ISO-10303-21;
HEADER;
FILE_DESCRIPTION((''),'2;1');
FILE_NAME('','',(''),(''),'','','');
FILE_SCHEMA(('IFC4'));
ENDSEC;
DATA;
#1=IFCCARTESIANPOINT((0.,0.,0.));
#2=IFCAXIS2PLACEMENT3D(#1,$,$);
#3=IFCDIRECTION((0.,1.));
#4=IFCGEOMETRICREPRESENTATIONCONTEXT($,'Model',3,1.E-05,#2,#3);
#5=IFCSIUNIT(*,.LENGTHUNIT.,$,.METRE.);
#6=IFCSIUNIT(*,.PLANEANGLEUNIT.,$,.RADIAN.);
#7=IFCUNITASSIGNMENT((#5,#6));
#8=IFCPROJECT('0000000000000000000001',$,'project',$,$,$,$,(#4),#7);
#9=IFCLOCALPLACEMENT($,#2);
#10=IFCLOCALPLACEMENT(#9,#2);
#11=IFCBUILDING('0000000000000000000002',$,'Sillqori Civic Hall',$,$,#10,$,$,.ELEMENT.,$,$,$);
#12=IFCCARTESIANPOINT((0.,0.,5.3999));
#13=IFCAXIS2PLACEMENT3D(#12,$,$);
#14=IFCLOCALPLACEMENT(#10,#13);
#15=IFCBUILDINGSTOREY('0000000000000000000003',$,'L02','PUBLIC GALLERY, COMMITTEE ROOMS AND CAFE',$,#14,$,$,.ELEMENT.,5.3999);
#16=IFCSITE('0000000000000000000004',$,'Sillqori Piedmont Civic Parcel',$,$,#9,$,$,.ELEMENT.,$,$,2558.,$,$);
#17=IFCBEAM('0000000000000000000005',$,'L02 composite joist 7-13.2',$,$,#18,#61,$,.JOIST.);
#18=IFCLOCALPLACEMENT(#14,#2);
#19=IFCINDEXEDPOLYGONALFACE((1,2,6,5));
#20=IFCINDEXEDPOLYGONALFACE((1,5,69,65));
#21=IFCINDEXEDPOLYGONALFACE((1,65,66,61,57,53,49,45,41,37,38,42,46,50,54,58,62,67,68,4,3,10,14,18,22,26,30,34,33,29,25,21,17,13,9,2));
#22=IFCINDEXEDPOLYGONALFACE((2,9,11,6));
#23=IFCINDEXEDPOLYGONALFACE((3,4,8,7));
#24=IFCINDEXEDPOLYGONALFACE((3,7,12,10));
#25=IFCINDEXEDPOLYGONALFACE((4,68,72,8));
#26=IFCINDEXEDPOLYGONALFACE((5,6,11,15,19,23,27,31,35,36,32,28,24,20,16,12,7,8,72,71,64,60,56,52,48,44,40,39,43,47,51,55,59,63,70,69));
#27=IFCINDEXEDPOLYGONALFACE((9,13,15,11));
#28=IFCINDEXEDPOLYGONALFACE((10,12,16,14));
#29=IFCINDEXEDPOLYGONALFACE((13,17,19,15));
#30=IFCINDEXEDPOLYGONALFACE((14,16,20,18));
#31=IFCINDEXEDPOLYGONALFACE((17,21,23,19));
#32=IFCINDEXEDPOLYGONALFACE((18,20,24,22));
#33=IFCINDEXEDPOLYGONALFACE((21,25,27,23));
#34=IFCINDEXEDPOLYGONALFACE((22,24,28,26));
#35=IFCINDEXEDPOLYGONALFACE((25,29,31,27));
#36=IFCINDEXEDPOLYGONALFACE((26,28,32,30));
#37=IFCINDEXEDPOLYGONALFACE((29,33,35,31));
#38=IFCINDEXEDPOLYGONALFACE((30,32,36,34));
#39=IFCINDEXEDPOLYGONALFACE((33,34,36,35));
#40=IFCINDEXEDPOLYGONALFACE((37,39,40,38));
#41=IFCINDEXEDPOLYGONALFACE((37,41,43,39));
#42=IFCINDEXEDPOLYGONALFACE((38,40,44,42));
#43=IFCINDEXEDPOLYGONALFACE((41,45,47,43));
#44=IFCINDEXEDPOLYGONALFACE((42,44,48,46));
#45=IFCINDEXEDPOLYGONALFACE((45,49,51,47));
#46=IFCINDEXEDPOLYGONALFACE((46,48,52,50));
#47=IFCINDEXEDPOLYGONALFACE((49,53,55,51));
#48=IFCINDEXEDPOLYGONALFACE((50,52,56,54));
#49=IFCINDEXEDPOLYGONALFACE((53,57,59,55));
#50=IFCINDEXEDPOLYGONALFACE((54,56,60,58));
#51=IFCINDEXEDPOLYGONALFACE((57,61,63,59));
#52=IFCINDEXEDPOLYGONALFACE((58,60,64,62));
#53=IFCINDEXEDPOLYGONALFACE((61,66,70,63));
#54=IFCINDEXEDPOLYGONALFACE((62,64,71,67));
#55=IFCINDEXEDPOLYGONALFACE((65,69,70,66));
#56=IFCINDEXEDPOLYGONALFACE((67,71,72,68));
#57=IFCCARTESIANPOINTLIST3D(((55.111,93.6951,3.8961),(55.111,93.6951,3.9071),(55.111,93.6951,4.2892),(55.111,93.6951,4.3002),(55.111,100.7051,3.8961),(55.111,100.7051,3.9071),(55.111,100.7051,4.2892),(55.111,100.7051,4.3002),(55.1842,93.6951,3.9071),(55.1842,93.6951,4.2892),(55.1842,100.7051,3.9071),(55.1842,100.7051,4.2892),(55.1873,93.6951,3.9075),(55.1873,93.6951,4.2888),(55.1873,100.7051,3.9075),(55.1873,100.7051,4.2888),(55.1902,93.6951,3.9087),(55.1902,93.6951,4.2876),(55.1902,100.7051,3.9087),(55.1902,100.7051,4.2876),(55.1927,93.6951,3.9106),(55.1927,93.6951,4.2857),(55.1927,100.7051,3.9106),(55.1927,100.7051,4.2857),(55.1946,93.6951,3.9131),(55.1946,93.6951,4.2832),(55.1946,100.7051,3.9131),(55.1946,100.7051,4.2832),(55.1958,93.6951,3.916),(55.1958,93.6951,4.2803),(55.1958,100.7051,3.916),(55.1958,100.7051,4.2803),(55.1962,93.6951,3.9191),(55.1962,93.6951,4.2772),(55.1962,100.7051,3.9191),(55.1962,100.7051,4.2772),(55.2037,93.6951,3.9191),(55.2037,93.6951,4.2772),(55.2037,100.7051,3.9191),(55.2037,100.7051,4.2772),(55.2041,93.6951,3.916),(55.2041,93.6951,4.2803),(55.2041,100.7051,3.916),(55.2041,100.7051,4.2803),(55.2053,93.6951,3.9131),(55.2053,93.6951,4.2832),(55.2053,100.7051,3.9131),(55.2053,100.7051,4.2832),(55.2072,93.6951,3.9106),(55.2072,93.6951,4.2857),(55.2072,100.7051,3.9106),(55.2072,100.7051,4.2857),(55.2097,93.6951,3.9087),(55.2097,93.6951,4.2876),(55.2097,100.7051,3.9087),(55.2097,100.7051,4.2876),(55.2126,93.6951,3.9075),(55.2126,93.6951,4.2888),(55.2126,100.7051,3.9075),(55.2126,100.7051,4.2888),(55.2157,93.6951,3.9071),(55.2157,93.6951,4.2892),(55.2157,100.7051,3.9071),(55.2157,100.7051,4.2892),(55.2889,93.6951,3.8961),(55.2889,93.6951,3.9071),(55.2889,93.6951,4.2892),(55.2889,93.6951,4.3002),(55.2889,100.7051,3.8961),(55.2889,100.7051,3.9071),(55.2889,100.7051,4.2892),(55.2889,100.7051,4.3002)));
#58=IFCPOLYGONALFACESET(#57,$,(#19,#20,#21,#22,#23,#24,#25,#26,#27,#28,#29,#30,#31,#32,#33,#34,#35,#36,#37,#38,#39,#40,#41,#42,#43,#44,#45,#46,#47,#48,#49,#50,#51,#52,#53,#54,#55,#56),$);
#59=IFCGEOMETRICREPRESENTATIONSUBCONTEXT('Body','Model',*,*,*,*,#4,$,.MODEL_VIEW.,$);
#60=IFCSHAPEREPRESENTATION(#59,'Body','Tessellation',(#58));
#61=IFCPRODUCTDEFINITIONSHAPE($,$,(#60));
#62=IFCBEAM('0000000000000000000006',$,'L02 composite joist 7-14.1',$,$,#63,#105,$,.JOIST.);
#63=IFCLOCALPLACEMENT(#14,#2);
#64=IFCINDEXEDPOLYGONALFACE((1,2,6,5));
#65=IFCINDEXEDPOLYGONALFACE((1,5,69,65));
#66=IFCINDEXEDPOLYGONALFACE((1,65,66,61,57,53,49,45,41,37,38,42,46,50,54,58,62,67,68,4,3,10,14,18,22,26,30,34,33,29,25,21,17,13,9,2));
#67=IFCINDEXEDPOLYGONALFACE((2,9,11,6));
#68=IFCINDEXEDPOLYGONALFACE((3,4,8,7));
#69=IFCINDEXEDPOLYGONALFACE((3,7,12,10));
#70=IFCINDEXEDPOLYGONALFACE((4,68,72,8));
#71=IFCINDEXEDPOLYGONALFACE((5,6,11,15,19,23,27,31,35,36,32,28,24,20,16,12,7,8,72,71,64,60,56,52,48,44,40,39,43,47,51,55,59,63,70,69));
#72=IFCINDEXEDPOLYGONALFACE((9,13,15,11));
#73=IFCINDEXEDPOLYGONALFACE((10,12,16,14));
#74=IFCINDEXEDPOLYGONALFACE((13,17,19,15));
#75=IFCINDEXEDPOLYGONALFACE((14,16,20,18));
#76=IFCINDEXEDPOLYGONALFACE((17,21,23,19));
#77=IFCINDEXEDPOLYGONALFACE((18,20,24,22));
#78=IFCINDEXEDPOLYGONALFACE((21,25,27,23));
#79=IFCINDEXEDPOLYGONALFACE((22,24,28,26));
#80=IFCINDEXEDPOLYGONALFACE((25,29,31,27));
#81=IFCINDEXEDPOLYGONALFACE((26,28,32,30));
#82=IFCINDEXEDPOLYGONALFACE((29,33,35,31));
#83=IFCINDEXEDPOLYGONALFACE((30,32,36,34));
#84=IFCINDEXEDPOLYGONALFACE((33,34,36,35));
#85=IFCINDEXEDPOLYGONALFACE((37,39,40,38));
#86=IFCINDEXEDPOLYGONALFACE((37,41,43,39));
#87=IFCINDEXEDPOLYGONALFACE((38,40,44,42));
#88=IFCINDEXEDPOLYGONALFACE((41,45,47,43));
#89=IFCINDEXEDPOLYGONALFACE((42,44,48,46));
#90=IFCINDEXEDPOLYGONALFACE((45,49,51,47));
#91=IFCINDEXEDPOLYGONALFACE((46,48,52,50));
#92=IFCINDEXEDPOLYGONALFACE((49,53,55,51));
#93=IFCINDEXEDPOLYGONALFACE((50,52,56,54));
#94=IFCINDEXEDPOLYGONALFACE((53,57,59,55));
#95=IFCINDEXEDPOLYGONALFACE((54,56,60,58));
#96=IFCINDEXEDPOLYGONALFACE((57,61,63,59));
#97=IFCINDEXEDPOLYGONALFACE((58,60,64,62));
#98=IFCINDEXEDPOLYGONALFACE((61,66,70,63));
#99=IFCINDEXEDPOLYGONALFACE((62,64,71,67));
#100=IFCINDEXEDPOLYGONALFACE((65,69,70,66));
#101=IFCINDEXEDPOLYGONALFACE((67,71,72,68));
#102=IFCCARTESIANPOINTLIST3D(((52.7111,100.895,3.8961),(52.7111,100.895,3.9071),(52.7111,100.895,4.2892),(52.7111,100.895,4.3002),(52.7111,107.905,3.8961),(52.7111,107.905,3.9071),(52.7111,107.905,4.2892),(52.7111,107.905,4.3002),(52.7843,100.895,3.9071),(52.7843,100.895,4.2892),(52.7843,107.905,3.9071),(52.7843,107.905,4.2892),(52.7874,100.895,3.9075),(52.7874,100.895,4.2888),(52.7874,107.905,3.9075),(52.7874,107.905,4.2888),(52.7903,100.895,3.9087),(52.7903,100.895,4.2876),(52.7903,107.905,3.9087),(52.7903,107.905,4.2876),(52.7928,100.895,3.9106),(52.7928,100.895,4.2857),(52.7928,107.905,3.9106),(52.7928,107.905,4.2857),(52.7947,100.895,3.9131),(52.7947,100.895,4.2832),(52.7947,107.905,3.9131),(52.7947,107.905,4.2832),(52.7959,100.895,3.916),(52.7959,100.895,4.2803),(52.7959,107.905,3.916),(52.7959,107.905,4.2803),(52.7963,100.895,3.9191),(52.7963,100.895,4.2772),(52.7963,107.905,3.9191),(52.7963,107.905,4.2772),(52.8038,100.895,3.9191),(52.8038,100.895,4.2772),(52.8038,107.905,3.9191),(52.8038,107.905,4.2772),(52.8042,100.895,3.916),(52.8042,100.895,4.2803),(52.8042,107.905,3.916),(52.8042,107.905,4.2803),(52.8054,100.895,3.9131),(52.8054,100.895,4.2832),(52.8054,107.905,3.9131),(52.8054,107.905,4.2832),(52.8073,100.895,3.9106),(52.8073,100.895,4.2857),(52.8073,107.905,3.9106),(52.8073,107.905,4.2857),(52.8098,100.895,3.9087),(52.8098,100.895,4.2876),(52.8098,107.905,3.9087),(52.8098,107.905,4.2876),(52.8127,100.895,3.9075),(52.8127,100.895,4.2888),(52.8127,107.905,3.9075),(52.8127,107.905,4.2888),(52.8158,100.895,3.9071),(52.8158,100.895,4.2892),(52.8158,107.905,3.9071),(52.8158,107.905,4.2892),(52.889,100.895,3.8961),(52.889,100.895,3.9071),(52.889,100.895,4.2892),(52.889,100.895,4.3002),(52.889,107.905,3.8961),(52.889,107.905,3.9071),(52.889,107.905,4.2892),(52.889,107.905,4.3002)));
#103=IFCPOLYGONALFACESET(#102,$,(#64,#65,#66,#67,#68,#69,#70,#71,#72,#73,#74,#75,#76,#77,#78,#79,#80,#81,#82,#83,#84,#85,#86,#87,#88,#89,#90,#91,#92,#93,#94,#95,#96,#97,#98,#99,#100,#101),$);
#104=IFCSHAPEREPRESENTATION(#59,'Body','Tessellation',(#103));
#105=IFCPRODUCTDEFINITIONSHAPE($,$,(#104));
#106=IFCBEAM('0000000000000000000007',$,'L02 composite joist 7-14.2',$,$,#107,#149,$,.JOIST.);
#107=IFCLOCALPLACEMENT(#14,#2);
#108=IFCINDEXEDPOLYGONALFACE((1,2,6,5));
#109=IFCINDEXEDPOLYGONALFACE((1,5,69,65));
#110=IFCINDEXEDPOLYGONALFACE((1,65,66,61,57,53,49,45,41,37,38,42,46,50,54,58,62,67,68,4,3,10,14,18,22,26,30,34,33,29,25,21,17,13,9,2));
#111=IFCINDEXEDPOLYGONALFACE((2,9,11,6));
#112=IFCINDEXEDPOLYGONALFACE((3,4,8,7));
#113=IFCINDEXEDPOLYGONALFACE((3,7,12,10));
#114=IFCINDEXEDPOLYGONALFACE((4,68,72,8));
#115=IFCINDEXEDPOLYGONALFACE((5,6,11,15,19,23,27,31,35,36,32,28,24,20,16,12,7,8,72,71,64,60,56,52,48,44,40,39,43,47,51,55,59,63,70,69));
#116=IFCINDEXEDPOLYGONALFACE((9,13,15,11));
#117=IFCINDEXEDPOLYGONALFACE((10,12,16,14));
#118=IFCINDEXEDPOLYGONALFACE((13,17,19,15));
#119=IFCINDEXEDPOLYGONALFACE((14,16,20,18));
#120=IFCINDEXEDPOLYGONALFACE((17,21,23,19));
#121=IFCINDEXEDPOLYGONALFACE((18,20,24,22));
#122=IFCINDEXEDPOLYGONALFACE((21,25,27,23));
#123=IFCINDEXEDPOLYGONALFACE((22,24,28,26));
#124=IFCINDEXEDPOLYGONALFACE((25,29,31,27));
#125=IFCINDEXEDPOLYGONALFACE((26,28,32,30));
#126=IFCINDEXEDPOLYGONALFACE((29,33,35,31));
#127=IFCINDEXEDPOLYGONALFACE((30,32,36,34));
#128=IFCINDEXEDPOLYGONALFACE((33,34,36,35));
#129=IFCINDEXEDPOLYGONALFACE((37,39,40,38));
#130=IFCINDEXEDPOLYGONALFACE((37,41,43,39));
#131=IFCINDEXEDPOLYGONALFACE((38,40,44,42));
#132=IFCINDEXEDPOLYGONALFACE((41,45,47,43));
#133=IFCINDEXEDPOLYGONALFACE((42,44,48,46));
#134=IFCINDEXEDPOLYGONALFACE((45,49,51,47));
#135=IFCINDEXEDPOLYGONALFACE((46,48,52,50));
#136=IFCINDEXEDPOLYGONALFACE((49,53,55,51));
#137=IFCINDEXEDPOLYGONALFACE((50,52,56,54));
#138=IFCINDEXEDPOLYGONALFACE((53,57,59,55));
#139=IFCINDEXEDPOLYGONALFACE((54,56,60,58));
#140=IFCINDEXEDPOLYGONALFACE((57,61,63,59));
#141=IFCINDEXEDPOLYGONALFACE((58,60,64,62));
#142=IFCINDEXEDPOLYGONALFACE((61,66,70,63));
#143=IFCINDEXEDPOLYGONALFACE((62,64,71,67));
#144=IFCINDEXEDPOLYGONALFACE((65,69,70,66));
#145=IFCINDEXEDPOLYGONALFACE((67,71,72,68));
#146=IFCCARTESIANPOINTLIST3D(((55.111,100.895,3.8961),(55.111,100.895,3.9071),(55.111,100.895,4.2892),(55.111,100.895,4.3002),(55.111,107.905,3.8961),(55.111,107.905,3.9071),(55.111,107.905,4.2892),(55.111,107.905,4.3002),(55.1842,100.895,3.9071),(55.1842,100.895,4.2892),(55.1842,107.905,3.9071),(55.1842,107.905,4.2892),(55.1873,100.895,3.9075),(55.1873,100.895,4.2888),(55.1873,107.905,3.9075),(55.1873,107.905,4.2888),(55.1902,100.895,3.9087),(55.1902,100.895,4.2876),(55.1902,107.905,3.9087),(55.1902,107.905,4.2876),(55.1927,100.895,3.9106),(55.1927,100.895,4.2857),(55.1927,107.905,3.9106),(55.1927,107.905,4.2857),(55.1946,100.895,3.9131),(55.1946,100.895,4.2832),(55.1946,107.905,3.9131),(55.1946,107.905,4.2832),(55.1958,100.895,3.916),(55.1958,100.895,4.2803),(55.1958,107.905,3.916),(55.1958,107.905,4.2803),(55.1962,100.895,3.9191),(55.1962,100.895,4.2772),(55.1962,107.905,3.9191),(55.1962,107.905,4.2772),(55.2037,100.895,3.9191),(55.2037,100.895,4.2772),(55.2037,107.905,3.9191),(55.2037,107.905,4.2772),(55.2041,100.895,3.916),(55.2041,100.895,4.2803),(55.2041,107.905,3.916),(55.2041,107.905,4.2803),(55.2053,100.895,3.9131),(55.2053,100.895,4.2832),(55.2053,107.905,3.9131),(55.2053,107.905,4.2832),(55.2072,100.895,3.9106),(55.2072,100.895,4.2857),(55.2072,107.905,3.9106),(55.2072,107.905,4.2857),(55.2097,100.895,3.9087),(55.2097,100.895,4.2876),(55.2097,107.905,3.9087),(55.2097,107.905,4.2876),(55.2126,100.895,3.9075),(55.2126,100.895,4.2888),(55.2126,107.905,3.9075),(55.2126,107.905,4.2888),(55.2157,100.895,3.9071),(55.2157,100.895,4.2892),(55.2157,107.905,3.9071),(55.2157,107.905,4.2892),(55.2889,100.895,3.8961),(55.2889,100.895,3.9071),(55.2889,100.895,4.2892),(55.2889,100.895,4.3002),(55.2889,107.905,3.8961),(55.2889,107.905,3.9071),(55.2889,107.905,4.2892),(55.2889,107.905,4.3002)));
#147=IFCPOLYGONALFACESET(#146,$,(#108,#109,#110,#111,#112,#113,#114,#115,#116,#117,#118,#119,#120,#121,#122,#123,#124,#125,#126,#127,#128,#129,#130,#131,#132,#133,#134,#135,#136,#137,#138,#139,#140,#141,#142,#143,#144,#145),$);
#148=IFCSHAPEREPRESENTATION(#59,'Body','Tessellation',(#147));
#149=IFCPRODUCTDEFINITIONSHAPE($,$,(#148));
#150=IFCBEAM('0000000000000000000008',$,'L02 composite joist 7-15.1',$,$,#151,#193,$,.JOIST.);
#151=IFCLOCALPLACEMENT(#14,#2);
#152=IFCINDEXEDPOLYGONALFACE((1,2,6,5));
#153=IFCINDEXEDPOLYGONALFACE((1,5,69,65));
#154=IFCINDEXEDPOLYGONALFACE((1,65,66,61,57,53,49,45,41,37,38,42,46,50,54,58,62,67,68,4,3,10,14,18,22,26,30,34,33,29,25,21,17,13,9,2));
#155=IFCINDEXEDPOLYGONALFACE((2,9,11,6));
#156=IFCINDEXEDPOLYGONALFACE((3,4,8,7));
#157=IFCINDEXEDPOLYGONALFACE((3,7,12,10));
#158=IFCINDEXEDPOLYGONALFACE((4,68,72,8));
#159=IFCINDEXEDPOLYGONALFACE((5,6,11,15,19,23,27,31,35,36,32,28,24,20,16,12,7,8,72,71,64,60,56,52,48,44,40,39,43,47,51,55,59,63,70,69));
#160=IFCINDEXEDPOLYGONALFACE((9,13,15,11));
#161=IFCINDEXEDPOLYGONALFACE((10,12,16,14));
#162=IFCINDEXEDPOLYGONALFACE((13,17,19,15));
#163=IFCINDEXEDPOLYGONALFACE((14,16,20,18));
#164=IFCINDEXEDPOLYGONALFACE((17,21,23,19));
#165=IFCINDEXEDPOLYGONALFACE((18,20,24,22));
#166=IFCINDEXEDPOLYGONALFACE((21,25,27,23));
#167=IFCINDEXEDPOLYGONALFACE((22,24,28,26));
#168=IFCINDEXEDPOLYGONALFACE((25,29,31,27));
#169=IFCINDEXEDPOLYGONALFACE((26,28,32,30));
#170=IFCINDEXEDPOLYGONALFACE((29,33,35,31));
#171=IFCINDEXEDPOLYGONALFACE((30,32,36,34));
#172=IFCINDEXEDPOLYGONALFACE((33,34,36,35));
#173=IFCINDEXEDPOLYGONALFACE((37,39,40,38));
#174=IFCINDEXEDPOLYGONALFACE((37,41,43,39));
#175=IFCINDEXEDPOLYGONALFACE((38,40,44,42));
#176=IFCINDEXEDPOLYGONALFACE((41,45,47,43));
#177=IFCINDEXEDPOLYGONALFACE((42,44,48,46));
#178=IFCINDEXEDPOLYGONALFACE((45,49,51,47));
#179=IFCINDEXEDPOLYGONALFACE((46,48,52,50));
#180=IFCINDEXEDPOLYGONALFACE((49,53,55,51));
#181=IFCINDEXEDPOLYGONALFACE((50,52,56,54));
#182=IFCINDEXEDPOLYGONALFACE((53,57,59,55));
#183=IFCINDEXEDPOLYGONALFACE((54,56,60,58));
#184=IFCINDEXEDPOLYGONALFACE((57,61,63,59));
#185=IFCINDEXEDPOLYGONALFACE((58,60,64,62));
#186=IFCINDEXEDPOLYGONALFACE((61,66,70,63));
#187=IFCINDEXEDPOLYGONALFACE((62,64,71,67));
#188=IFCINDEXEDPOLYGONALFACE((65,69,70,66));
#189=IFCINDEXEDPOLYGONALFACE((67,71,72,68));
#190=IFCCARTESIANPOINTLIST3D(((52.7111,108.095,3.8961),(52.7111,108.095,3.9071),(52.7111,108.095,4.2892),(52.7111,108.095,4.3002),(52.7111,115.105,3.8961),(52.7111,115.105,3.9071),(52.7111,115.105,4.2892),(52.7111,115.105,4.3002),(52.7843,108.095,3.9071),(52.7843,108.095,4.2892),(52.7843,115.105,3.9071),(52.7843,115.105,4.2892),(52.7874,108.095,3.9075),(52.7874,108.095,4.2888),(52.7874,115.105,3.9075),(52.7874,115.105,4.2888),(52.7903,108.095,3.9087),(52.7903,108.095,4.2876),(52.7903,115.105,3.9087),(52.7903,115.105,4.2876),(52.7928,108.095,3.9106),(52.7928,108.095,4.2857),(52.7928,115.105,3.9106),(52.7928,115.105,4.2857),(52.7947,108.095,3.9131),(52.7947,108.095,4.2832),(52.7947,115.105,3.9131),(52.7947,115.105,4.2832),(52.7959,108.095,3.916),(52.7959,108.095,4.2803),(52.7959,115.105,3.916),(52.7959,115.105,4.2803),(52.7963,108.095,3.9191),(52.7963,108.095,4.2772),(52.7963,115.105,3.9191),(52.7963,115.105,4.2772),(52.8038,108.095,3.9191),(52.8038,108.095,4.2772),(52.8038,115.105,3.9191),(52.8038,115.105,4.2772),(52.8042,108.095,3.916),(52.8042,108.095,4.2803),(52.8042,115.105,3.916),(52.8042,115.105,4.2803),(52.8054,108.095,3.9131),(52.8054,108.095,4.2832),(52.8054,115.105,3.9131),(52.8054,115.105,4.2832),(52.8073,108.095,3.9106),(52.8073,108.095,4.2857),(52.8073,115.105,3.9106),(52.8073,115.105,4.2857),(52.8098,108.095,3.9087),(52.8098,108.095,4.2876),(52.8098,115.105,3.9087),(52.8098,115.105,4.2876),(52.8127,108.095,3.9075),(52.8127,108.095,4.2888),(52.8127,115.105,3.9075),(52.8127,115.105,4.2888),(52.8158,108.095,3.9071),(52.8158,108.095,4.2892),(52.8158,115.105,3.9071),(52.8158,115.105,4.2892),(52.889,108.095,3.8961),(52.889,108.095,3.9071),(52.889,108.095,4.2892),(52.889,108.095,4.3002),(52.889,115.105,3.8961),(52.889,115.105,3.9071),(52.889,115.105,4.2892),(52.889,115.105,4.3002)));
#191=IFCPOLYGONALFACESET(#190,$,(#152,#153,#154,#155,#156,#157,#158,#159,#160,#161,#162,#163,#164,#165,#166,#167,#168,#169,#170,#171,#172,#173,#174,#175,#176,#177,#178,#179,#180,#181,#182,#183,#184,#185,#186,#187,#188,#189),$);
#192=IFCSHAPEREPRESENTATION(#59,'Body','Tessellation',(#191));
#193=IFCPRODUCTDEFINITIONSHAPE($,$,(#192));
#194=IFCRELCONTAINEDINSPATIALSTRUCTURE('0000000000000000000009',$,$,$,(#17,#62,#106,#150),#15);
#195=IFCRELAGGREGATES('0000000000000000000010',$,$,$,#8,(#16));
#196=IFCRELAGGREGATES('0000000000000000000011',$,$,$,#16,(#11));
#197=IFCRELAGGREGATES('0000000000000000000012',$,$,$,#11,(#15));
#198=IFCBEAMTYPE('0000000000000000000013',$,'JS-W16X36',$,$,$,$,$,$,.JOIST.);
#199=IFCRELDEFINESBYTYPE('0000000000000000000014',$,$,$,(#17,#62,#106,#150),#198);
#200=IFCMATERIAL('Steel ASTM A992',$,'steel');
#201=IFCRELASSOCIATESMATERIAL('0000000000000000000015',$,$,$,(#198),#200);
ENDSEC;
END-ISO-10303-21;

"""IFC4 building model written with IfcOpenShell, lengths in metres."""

from ifc_helpers import new_model, si_unit, direction, frame, origin, origin_2d, place, context, subcontext, project, spatial, i_section, extrude, material, material_profile, profile_set, type_object, element, save


model = new_model("IFC4")

# Units and contexts
model_context = context("Model", 3, precision=1e-05, world=origin(), true_north=direction((0.0, 1.0)))
body_context = subcontext(model_context, "Body", "Model", "MODEL_VIEW")
ifc_project = project(units=[si_unit("LENGTHUNIT", "METRE"), si_unit("PLANEANGLEUNIT", "RADIAN")], contexts=[model_context])

# Site, building, storey
site_placement = place(None, origin())
site = spatial("IfcSite", under=ifc_project, at=site_placement, Name="Sillqori Piedmont Civic Parcel", CompositionType="ELEMENT", RefElevation=2558.0)
building_placement = place(site_placement, origin())
building = spatial("IfcBuilding", under=site, at=building_placement, Name="Sillqori Civic Hall", CompositionType="ELEMENT")
storey_placement = place(building_placement, frame((0.0, 0.0, 5.3999)))
storey = spatial("IfcBuildingStorey", under=building, at=storey_placement, Name="L02", Description="PUBLIC GALLERY, COMMITTEE ROOMS AND CAFE", CompositionType="ELEMENT", Elevation=5.3999)

# Shared definitions
ifc_material_1 = material(Name="Steel ASTM A992", Category="steel")

# Beams
ifc_material_profile_1 = material_profile(ifc_material_1, i_section(OverallWidth=0.178, OverallDepth=0.4041, WebThickness=0.0076, FlangeThickness=0.011, FilletRadius=0.012, at=origin_2d()), Name="W16X36")
ifc_profile_set_1 = profile_set([ifc_material_profile_1], Name="Steel ASTM A992")
beam_type_1 = type_object("IfcBeamType", Name="JS-W16X36", PredefinedType="JOIST", material=ifc_profile_set_1)
for number, where, z_axis, x_axis, name in (
    (1, (55.2, 93.6951, 4.0981), (0.0, 1.0, 0.0), (-1.0, 0.0, 0.0), "L02 composite joist 7-13.2"),
    (2, (52.8, 100.895, 4.0981), (0.0, 1.0, 0.0), (-1.0, 0.0, 0.0), "L02 composite joist 7-14.1"),
    (3, (55.2, 100.895, 4.0981), (0.0, 1.0, 0.0), (-1.0, 0.0, 0.0), "L02 composite joist 7-14.2"),
    (4, (52.8, 108.095, 4.0981), (0.0, 1.0, 0.0), (-1.0, 0.0, 0.0), "L02 composite joist 7-15.1"),
):
    element("IfcBeam", number, at=place(storey_placement, frame(where, z_axis=z_axis, x_axis=x_axis)), inside=storey, type_object=beam_type_1, Name=name, PredefinedType="JOIST", context=body_context, shape_type="SweptSolid", body=[
        extrude(i_section(OverallWidth=0.178, OverallDepth=0.4041, WebThickness=0.0076, FlangeThickness=0.011, FilletRadius=0.012, at=origin_2d()), origin(), (0.0, 0.0, 1.0), 7.01),
    ])

save(model, "model.ifc")
